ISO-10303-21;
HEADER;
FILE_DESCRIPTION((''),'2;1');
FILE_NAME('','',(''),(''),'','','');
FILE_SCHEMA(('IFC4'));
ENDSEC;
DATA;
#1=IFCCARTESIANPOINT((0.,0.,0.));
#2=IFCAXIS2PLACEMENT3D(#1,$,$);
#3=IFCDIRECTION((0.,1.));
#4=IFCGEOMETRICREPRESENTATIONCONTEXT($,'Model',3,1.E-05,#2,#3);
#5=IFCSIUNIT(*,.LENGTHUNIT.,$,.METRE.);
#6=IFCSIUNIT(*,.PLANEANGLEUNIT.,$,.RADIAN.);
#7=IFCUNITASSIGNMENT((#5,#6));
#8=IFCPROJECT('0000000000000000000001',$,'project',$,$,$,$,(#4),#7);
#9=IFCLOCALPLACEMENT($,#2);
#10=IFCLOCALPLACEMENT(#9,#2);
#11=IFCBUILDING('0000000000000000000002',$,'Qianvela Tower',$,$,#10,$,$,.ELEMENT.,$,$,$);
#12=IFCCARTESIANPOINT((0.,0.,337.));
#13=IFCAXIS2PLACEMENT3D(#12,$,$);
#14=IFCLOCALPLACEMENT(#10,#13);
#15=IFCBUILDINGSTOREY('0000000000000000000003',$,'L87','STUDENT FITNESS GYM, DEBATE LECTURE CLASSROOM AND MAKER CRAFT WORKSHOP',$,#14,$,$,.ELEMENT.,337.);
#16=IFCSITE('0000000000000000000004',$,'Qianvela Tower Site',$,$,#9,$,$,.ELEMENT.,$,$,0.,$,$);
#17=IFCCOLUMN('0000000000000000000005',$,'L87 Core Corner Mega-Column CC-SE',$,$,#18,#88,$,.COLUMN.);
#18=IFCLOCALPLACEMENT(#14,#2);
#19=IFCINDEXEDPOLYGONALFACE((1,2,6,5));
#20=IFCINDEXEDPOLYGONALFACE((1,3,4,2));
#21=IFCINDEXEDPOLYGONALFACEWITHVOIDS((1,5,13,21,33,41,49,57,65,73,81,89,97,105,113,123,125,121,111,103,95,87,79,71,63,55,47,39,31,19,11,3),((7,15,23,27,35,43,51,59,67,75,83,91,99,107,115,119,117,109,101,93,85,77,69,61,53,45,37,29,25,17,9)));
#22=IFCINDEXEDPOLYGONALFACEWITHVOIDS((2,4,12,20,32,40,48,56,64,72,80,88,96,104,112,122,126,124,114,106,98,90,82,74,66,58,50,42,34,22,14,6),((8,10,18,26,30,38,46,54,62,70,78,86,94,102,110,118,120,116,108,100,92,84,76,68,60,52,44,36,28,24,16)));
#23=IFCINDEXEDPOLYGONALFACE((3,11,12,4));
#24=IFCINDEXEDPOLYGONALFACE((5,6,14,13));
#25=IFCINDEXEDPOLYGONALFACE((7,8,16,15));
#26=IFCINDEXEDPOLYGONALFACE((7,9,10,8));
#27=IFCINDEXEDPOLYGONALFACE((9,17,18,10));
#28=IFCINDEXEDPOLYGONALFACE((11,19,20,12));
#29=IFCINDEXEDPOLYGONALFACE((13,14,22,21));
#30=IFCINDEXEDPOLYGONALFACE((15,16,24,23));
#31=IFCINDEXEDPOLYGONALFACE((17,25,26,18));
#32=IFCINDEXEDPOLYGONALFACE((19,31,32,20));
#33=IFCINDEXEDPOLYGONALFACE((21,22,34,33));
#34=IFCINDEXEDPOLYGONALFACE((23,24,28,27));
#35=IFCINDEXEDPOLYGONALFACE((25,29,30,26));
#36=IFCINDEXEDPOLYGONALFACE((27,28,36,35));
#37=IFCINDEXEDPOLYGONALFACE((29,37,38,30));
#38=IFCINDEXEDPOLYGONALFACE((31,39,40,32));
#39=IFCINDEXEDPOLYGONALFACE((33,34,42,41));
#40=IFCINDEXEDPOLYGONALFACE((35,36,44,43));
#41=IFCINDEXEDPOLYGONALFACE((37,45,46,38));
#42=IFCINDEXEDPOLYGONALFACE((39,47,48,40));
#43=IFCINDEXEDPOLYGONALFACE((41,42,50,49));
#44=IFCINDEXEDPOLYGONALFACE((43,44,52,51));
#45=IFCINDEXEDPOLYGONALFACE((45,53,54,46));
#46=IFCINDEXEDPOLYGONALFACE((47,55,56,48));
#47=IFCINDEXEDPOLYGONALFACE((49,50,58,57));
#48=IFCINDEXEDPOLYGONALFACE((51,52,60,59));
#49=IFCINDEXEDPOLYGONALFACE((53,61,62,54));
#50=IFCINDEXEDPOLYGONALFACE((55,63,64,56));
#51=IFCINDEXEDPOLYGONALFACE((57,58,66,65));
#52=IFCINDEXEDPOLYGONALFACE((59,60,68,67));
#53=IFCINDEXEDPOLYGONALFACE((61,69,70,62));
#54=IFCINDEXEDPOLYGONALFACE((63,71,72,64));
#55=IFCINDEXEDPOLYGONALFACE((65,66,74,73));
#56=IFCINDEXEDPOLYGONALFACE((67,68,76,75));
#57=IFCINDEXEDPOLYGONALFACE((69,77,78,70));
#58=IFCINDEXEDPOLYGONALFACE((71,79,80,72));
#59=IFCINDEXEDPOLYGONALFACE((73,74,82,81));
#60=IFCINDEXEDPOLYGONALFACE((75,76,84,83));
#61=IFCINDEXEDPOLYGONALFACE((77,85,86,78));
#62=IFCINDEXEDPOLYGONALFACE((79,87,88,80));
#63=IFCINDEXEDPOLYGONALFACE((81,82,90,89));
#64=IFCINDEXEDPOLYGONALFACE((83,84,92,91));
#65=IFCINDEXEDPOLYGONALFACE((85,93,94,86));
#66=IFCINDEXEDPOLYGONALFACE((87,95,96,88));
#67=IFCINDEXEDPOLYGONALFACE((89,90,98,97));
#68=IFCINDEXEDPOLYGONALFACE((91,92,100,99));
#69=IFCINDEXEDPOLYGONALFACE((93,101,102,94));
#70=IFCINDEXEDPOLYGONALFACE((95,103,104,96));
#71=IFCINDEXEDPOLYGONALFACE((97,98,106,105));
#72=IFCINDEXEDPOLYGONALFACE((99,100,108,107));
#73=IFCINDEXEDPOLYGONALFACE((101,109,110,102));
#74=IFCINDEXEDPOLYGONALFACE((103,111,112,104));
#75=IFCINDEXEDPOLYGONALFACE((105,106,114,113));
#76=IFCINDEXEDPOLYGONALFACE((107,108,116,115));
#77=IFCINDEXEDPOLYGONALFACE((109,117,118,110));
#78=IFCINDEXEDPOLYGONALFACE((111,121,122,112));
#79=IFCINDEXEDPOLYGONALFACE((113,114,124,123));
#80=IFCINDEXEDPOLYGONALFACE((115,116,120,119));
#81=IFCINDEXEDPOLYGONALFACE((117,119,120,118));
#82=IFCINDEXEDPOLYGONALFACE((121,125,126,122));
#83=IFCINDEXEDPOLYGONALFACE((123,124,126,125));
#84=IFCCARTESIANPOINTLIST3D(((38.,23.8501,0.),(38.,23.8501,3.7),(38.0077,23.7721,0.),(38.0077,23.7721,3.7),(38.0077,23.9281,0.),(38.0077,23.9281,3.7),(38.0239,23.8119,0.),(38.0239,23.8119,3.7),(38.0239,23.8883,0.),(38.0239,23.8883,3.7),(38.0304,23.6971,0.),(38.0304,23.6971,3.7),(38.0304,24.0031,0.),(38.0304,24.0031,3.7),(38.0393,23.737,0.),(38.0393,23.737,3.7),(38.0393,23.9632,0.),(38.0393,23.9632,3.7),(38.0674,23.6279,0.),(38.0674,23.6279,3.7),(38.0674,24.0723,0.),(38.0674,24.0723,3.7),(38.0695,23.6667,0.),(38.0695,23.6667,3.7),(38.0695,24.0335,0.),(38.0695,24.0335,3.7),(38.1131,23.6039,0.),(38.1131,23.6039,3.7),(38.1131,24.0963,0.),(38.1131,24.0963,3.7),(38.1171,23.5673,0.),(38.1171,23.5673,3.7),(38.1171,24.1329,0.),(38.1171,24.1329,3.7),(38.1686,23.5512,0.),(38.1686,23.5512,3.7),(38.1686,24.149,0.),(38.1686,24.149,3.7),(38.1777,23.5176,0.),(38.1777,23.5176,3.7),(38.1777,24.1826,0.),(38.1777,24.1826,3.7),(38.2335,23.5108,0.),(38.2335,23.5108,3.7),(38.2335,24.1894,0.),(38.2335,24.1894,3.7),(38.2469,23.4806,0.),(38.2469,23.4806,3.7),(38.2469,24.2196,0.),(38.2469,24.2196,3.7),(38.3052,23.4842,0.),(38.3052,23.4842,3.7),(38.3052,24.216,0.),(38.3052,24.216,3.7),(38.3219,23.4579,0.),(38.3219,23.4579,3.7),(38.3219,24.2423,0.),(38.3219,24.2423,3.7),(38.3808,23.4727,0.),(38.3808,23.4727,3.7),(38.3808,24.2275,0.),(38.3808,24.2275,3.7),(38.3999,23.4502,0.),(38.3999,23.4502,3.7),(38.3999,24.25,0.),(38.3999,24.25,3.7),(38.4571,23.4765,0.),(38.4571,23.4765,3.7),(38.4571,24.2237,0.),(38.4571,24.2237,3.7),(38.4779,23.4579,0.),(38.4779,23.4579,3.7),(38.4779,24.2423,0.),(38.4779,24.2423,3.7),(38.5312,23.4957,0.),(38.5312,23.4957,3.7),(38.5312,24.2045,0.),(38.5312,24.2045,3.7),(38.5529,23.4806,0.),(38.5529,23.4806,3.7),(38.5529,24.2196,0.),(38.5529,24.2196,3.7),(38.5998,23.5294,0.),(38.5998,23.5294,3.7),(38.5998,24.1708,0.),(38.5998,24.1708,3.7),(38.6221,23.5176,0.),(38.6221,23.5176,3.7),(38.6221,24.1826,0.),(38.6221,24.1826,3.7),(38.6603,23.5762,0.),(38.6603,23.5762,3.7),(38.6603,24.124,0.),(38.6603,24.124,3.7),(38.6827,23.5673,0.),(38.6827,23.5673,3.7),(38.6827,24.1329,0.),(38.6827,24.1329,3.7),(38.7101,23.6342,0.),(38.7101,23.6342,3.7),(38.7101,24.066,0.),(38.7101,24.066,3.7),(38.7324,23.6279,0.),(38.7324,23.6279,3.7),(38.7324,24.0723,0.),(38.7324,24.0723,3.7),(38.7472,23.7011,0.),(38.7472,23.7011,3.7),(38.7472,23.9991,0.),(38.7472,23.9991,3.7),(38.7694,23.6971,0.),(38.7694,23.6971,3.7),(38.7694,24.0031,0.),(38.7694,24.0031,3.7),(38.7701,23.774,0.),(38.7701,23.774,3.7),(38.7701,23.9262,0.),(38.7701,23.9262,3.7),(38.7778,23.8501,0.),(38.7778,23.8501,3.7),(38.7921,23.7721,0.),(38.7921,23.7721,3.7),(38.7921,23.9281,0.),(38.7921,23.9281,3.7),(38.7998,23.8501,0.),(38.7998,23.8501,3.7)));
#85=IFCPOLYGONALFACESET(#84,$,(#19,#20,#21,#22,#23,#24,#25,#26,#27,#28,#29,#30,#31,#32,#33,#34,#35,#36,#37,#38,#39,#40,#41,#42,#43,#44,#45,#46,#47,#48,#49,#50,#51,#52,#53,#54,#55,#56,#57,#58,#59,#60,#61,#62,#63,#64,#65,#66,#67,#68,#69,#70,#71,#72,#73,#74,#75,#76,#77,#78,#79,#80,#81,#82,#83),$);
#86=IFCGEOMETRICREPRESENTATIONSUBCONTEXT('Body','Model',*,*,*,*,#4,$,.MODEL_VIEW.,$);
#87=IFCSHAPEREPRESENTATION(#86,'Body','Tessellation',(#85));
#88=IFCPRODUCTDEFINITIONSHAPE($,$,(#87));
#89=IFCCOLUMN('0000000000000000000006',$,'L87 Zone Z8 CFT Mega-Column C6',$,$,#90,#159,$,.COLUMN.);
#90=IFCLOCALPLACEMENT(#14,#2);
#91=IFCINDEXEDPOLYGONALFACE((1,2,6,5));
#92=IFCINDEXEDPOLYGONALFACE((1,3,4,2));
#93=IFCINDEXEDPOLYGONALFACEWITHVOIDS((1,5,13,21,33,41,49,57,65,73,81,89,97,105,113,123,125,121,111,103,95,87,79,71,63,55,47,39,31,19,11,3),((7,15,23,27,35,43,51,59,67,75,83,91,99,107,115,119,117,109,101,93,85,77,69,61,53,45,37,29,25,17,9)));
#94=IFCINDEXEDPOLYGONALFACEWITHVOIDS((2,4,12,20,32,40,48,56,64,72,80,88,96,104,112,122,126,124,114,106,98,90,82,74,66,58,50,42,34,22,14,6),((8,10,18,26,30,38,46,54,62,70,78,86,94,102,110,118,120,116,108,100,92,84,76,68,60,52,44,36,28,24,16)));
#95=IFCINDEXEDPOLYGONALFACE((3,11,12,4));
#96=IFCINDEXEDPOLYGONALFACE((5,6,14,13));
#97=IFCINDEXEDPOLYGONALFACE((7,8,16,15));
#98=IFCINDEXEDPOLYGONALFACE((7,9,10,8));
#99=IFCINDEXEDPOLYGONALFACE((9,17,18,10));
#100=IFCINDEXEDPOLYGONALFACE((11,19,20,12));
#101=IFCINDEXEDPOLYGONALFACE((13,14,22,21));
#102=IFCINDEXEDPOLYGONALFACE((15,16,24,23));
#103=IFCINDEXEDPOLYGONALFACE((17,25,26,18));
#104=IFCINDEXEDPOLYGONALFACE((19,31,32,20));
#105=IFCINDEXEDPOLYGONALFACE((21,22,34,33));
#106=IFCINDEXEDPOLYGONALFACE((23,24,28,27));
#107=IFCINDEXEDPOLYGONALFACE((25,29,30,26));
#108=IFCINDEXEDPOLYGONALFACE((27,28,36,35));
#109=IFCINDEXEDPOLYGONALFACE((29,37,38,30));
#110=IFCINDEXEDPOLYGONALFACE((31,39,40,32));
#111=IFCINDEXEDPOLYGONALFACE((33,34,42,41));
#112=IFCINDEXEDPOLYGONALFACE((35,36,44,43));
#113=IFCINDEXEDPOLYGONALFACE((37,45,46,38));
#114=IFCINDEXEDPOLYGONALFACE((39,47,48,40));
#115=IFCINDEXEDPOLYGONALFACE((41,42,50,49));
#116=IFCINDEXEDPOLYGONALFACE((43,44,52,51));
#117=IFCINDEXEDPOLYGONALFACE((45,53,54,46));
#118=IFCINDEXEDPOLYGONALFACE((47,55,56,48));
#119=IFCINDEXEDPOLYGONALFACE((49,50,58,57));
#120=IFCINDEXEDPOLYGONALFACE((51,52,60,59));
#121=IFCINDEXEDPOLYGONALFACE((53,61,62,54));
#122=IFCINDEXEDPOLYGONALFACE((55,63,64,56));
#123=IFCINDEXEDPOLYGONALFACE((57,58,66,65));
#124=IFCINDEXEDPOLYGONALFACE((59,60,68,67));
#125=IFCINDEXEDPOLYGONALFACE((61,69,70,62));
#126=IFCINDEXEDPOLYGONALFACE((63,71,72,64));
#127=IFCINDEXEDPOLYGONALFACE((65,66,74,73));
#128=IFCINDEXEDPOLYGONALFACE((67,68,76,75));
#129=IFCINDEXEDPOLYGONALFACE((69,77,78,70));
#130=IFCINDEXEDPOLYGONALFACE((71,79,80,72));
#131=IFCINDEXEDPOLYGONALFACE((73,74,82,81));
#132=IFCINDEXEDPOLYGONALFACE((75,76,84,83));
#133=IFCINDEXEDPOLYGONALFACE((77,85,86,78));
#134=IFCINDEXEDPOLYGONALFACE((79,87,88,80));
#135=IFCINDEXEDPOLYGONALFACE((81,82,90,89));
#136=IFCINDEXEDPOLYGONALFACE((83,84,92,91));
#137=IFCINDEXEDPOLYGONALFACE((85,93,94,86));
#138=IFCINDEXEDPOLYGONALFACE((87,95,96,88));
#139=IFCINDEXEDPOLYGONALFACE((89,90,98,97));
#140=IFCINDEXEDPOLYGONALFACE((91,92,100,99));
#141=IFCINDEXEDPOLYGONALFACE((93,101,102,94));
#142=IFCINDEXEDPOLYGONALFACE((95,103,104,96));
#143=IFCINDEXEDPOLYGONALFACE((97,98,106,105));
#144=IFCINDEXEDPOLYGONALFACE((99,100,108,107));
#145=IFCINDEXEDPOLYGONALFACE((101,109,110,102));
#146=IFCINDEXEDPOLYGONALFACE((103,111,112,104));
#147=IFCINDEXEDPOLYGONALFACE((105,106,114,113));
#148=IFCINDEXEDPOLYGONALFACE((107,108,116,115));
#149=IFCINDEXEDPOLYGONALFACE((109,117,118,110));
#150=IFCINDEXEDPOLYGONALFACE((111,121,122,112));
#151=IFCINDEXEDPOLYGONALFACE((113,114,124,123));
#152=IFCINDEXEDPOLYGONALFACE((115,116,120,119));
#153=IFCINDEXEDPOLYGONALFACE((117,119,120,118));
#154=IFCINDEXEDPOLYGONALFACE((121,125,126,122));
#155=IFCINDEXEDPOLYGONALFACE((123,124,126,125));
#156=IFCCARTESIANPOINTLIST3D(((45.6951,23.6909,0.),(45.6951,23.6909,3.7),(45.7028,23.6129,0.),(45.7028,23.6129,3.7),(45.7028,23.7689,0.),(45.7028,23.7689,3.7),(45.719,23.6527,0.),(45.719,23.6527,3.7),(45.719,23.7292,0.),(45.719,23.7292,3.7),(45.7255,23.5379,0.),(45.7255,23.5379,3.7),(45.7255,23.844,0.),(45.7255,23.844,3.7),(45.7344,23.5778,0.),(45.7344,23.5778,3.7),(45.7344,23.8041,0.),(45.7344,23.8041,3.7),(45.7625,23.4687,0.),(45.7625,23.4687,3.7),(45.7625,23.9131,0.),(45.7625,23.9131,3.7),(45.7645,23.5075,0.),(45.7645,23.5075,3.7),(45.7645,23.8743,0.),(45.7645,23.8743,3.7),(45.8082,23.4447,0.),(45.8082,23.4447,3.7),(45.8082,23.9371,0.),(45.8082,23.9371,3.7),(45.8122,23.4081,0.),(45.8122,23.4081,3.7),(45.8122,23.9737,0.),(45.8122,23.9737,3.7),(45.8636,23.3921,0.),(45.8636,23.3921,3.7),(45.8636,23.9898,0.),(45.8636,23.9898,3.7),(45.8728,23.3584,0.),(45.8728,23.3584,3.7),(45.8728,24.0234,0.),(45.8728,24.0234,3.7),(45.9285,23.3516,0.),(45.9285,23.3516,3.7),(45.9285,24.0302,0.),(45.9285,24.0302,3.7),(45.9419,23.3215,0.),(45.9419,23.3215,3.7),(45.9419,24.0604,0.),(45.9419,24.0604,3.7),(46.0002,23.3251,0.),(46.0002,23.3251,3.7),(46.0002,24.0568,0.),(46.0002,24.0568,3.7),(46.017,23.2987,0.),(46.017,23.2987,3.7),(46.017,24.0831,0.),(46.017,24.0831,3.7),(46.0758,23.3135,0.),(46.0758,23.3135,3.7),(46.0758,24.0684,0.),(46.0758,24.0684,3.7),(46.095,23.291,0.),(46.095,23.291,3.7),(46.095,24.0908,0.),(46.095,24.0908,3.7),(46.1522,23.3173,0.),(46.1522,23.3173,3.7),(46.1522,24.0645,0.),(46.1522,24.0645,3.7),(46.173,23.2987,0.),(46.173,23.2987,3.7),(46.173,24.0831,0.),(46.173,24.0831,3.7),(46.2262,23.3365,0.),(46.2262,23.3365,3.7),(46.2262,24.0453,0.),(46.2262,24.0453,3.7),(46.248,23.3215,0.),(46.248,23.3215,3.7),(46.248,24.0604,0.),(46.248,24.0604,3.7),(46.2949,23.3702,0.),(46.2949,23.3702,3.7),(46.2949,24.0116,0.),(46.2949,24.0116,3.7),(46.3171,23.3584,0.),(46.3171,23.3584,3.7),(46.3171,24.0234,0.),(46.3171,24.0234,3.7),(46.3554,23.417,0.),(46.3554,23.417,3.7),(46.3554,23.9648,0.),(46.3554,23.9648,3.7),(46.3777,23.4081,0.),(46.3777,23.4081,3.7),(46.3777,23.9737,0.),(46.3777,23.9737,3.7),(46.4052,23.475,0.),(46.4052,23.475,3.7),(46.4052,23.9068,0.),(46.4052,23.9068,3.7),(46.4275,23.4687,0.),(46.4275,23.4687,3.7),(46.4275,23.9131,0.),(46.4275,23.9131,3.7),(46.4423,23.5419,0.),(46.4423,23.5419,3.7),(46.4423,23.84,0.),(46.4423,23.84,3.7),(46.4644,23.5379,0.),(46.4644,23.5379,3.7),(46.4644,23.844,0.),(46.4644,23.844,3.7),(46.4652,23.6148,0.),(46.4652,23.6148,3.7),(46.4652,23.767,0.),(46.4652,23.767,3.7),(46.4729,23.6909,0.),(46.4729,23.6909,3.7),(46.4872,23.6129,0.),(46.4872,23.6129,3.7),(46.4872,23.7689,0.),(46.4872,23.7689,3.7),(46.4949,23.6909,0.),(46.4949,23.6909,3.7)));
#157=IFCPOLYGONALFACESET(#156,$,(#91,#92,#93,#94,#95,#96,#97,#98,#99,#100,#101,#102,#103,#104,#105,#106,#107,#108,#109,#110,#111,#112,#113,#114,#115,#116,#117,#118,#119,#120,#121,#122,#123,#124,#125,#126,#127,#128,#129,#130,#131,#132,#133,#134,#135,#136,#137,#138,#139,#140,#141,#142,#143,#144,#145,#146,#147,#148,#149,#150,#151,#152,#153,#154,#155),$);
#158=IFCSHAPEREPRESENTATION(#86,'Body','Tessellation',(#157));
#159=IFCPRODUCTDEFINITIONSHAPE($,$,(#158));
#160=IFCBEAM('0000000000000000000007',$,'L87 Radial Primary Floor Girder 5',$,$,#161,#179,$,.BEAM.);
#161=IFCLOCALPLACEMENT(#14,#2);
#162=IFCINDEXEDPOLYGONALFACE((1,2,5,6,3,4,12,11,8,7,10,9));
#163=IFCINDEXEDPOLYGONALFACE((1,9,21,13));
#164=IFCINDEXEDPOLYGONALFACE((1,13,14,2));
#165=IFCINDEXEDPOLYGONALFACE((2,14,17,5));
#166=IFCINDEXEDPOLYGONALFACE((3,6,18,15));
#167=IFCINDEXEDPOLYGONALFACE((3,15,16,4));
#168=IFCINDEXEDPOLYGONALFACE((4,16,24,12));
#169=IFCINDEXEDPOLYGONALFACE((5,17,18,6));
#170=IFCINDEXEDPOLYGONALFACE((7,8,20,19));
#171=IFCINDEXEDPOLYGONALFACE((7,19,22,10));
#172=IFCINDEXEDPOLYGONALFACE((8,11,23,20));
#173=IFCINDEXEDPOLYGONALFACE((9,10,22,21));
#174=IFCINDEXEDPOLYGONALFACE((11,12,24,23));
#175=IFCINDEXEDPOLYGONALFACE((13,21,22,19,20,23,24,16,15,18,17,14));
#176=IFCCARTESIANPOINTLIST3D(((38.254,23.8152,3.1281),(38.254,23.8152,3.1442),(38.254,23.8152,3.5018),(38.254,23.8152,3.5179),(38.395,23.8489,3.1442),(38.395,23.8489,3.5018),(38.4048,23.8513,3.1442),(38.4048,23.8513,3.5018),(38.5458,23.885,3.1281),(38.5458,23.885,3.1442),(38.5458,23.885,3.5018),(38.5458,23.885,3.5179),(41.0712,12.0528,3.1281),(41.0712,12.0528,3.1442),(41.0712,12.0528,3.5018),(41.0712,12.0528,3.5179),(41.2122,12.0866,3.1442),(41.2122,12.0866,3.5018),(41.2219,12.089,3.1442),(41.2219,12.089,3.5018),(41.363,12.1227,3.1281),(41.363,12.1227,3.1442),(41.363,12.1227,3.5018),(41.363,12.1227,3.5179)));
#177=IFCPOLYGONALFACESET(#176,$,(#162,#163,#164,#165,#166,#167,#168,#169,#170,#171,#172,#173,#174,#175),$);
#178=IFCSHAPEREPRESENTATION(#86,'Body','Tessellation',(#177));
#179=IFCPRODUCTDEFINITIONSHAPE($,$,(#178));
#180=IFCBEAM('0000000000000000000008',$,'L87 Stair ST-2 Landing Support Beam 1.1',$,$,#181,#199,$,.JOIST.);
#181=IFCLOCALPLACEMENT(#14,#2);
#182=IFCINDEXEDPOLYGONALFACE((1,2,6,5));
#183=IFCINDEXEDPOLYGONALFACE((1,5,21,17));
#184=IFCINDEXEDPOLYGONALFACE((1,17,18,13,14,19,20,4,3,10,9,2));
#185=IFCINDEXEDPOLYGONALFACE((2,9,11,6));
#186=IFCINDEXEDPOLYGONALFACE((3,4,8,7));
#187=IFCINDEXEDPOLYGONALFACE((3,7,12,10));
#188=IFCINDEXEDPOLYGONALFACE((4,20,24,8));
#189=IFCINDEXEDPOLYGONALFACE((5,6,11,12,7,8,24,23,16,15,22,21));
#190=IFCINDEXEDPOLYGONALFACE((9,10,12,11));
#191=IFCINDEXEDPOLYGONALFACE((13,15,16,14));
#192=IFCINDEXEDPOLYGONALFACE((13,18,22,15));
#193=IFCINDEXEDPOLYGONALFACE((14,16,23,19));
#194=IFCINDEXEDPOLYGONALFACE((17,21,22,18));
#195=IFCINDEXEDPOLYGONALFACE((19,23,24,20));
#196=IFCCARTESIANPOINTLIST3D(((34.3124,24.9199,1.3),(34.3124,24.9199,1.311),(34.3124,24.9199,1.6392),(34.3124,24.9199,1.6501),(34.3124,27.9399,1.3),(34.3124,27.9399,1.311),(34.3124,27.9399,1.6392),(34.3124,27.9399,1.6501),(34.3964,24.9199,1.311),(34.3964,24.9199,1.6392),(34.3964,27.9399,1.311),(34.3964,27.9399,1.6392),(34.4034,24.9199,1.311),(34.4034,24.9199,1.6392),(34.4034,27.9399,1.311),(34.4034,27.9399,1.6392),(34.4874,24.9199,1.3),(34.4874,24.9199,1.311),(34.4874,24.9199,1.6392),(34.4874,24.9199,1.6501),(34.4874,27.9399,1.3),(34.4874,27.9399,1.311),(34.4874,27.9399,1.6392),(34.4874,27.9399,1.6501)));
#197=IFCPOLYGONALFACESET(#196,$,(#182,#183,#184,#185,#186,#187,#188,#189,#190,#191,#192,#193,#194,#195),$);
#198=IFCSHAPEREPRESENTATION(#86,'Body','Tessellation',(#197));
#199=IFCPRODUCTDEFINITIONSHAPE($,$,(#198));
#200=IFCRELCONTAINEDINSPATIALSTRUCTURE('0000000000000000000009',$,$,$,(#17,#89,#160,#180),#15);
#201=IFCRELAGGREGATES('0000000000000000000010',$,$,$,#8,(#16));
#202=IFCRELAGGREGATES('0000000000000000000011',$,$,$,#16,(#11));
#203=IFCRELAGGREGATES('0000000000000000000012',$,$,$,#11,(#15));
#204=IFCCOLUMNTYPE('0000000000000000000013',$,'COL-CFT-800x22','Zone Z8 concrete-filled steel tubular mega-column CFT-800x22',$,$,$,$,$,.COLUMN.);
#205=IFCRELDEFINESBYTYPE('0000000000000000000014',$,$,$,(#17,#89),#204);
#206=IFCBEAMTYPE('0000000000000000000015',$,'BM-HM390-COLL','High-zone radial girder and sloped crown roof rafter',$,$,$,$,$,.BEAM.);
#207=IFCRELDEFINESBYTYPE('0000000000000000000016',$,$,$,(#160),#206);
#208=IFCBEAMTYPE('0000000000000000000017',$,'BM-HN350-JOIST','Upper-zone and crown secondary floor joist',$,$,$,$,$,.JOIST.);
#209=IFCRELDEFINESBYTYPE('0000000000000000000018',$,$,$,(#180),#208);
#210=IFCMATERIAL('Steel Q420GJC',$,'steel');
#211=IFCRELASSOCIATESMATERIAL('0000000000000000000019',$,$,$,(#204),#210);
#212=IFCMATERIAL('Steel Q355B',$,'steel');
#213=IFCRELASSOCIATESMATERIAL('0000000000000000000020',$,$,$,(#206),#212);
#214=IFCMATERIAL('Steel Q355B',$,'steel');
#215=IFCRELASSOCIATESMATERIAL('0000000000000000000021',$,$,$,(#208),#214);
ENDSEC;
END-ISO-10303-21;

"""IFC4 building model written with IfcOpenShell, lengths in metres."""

from ifc_helpers import new_model, si_unit, direction, frame, origin, origin_2d, place, context, subcontext, project, spatial, hollow_circle, i_section, extrude, material, material_profile, profile_set, type_object, element, save


model = new_model("IFC4")

# Units and contexts
model_context = context("Model", 3, precision=1e-05, world=origin(), true_north=direction((0.0, 1.0)))
body_context = subcontext(model_context, "Body", "Model", "MODEL_VIEW")
ifc_project = project(units=[si_unit("LENGTHUNIT", "METRE"), si_unit("PLANEANGLEUNIT", "RADIAN")], contexts=[model_context])

# Site, building, storey
site_placement = place(None, origin())
site = spatial("IfcSite", under=ifc_project, at=site_placement, Name="Qianvela Tower Site", CompositionType="ELEMENT", RefElevation=0.0)
building_placement = place(site_placement, origin())
building = spatial("IfcBuilding", under=site, at=building_placement, Name="Qianvela Tower", CompositionType="ELEMENT")
storey_placement = place(building_placement, frame((0.0, 0.0, 337.0)))
storey = spatial("IfcBuildingStorey", under=building, at=storey_placement, Name="L87", Description="STUDENT FITNESS GYM, DEBATE LECTURE CLASSROOM AND MAKER CRAFT WORKSHOP", CompositionType="ELEMENT", Elevation=337.0)

# Columns
ifc_material_1 = material(Name="Steel Q420GJC", Category="steel")
ifc_material_profile_1 = material_profile(ifc_material_1, hollow_circle(Radius=0.3999, WallThickness=0.022, at=origin_2d()), Name="CFT-800x22")
ifc_profile_set_1 = profile_set([ifc_material_profile_1], Name="Steel Q420GJC")
column_type = type_object("IfcColumnType", Name="COL-CFT-800x22", Description="Zone Z8 concrete-filled steel tubular mega-column CFT-800x22", PredefinedType="COLUMN", material=ifc_profile_set_1)
for number, where, z_axis, x_axis, name in (
    (1, (38.3999, 23.8501, 0.0), (0.0, 0.0, 1.0), (1.0, 0.0, 0.0), "L87 Core Corner Mega-Column CC-SE"),
    (2, (46.095, 23.6909, 0.0), (0.0, 0.0, 1.0), (1.0, 0.0, 0.0), "L87 Zone Z8 CFT Mega-Column C6"),
):
    element("IfcColumn", number, at=place(storey_placement, frame(where, z_axis=z_axis, x_axis=x_axis)), inside=storey, type_object=column_type, Name=name, PredefinedType="COLUMN", context=body_context, shape_type="SweptSolid", body=[
        extrude(hollow_circle(Radius=0.3999, WallThickness=0.022, at=origin_2d()), origin(), (0.0, 0.0, 1.0), 3.7),
    ])

# Beams
ifc_material_2 = material(Name="Steel Q355B", Category="steel")
ifc_material_profile_2 = material_profile(ifc_material_2, i_section(OverallWidth=0.3, OverallDepth=0.3899, WebThickness=0.01, FlangeThickness=0.0161, at=origin_2d()), Name="HM390x300x10x16")
ifc_profile_set_2 = profile_set([ifc_material_profile_2], Name="Steel Q355B")
beam_type_1 = type_object("IfcBeamType", Name="BM-HM390-COLL", Description="High-zone radial girder and sloped crown roof rafter", PredefinedType="BEAM", material=ifc_profile_set_2)
beam_1_placement = place(storey_placement, frame((38.3999, 23.8501, 3.323), z_axis=(0.23292, -0.972496, 0.0), x_axis=(0.972496, 0.23292, 0.0)))
element("IfcBeam", 3, at=beam_1_placement, inside=storey, type_object=beam_type_1, Name="L87 Radial Primary Floor Girder 5", PredefinedType="BEAM", context=body_context, shape_type="SweptSolid", body=[
    extrude(i_section(OverallWidth=0.3, OverallDepth=0.3899, WebThickness=0.01, FlangeThickness=0.0161, at=origin_2d()), origin(), (0.0, 0.0, 1.0), 12.095),
])
ifc_material_3 = material(Name="Steel Q355B", Category="steel")
ifc_material_profile_3 = material_profile(ifc_material_3, i_section(OverallWidth=0.175, OverallDepth=0.3501, WebThickness=0.0071, FlangeThickness=0.011, at=origin_2d()), Name="HN350x175x7x11")
ifc_profile_set_3 = profile_set([ifc_material_profile_3], Name="Steel Q355B")
beam_type_2 = type_object("IfcBeamType", Name="BM-HN350-JOIST", Description="Upper-zone and crown secondary floor joist", PredefinedType="JOIST", material=ifc_profile_set_3)
for number, where, z_axis, x_axis, name in (
    (4, (34.3999, 24.9199, 1.4751), (0.0, 1.0, 0.0), (-1.0, 0.0, 0.0), "L87 Stair ST-2 Landing Support Beam 1.1"),
):
    element("IfcBeam", number, at=place(storey_placement, frame(where, z_axis=z_axis, x_axis=x_axis)), inside=storey, type_object=beam_type_2, Name=name, PredefinedType="JOIST", context=body_context, shape_type="SweptSolid", body=[
        extrude(i_section(OverallWidth=0.175, OverallDepth=0.3501, WebThickness=0.0071, FlangeThickness=0.011, at=origin_2d()), origin(), (0.0, 0.0, 1.0), 3.02),
    ])

save(model, "model.ifc")
